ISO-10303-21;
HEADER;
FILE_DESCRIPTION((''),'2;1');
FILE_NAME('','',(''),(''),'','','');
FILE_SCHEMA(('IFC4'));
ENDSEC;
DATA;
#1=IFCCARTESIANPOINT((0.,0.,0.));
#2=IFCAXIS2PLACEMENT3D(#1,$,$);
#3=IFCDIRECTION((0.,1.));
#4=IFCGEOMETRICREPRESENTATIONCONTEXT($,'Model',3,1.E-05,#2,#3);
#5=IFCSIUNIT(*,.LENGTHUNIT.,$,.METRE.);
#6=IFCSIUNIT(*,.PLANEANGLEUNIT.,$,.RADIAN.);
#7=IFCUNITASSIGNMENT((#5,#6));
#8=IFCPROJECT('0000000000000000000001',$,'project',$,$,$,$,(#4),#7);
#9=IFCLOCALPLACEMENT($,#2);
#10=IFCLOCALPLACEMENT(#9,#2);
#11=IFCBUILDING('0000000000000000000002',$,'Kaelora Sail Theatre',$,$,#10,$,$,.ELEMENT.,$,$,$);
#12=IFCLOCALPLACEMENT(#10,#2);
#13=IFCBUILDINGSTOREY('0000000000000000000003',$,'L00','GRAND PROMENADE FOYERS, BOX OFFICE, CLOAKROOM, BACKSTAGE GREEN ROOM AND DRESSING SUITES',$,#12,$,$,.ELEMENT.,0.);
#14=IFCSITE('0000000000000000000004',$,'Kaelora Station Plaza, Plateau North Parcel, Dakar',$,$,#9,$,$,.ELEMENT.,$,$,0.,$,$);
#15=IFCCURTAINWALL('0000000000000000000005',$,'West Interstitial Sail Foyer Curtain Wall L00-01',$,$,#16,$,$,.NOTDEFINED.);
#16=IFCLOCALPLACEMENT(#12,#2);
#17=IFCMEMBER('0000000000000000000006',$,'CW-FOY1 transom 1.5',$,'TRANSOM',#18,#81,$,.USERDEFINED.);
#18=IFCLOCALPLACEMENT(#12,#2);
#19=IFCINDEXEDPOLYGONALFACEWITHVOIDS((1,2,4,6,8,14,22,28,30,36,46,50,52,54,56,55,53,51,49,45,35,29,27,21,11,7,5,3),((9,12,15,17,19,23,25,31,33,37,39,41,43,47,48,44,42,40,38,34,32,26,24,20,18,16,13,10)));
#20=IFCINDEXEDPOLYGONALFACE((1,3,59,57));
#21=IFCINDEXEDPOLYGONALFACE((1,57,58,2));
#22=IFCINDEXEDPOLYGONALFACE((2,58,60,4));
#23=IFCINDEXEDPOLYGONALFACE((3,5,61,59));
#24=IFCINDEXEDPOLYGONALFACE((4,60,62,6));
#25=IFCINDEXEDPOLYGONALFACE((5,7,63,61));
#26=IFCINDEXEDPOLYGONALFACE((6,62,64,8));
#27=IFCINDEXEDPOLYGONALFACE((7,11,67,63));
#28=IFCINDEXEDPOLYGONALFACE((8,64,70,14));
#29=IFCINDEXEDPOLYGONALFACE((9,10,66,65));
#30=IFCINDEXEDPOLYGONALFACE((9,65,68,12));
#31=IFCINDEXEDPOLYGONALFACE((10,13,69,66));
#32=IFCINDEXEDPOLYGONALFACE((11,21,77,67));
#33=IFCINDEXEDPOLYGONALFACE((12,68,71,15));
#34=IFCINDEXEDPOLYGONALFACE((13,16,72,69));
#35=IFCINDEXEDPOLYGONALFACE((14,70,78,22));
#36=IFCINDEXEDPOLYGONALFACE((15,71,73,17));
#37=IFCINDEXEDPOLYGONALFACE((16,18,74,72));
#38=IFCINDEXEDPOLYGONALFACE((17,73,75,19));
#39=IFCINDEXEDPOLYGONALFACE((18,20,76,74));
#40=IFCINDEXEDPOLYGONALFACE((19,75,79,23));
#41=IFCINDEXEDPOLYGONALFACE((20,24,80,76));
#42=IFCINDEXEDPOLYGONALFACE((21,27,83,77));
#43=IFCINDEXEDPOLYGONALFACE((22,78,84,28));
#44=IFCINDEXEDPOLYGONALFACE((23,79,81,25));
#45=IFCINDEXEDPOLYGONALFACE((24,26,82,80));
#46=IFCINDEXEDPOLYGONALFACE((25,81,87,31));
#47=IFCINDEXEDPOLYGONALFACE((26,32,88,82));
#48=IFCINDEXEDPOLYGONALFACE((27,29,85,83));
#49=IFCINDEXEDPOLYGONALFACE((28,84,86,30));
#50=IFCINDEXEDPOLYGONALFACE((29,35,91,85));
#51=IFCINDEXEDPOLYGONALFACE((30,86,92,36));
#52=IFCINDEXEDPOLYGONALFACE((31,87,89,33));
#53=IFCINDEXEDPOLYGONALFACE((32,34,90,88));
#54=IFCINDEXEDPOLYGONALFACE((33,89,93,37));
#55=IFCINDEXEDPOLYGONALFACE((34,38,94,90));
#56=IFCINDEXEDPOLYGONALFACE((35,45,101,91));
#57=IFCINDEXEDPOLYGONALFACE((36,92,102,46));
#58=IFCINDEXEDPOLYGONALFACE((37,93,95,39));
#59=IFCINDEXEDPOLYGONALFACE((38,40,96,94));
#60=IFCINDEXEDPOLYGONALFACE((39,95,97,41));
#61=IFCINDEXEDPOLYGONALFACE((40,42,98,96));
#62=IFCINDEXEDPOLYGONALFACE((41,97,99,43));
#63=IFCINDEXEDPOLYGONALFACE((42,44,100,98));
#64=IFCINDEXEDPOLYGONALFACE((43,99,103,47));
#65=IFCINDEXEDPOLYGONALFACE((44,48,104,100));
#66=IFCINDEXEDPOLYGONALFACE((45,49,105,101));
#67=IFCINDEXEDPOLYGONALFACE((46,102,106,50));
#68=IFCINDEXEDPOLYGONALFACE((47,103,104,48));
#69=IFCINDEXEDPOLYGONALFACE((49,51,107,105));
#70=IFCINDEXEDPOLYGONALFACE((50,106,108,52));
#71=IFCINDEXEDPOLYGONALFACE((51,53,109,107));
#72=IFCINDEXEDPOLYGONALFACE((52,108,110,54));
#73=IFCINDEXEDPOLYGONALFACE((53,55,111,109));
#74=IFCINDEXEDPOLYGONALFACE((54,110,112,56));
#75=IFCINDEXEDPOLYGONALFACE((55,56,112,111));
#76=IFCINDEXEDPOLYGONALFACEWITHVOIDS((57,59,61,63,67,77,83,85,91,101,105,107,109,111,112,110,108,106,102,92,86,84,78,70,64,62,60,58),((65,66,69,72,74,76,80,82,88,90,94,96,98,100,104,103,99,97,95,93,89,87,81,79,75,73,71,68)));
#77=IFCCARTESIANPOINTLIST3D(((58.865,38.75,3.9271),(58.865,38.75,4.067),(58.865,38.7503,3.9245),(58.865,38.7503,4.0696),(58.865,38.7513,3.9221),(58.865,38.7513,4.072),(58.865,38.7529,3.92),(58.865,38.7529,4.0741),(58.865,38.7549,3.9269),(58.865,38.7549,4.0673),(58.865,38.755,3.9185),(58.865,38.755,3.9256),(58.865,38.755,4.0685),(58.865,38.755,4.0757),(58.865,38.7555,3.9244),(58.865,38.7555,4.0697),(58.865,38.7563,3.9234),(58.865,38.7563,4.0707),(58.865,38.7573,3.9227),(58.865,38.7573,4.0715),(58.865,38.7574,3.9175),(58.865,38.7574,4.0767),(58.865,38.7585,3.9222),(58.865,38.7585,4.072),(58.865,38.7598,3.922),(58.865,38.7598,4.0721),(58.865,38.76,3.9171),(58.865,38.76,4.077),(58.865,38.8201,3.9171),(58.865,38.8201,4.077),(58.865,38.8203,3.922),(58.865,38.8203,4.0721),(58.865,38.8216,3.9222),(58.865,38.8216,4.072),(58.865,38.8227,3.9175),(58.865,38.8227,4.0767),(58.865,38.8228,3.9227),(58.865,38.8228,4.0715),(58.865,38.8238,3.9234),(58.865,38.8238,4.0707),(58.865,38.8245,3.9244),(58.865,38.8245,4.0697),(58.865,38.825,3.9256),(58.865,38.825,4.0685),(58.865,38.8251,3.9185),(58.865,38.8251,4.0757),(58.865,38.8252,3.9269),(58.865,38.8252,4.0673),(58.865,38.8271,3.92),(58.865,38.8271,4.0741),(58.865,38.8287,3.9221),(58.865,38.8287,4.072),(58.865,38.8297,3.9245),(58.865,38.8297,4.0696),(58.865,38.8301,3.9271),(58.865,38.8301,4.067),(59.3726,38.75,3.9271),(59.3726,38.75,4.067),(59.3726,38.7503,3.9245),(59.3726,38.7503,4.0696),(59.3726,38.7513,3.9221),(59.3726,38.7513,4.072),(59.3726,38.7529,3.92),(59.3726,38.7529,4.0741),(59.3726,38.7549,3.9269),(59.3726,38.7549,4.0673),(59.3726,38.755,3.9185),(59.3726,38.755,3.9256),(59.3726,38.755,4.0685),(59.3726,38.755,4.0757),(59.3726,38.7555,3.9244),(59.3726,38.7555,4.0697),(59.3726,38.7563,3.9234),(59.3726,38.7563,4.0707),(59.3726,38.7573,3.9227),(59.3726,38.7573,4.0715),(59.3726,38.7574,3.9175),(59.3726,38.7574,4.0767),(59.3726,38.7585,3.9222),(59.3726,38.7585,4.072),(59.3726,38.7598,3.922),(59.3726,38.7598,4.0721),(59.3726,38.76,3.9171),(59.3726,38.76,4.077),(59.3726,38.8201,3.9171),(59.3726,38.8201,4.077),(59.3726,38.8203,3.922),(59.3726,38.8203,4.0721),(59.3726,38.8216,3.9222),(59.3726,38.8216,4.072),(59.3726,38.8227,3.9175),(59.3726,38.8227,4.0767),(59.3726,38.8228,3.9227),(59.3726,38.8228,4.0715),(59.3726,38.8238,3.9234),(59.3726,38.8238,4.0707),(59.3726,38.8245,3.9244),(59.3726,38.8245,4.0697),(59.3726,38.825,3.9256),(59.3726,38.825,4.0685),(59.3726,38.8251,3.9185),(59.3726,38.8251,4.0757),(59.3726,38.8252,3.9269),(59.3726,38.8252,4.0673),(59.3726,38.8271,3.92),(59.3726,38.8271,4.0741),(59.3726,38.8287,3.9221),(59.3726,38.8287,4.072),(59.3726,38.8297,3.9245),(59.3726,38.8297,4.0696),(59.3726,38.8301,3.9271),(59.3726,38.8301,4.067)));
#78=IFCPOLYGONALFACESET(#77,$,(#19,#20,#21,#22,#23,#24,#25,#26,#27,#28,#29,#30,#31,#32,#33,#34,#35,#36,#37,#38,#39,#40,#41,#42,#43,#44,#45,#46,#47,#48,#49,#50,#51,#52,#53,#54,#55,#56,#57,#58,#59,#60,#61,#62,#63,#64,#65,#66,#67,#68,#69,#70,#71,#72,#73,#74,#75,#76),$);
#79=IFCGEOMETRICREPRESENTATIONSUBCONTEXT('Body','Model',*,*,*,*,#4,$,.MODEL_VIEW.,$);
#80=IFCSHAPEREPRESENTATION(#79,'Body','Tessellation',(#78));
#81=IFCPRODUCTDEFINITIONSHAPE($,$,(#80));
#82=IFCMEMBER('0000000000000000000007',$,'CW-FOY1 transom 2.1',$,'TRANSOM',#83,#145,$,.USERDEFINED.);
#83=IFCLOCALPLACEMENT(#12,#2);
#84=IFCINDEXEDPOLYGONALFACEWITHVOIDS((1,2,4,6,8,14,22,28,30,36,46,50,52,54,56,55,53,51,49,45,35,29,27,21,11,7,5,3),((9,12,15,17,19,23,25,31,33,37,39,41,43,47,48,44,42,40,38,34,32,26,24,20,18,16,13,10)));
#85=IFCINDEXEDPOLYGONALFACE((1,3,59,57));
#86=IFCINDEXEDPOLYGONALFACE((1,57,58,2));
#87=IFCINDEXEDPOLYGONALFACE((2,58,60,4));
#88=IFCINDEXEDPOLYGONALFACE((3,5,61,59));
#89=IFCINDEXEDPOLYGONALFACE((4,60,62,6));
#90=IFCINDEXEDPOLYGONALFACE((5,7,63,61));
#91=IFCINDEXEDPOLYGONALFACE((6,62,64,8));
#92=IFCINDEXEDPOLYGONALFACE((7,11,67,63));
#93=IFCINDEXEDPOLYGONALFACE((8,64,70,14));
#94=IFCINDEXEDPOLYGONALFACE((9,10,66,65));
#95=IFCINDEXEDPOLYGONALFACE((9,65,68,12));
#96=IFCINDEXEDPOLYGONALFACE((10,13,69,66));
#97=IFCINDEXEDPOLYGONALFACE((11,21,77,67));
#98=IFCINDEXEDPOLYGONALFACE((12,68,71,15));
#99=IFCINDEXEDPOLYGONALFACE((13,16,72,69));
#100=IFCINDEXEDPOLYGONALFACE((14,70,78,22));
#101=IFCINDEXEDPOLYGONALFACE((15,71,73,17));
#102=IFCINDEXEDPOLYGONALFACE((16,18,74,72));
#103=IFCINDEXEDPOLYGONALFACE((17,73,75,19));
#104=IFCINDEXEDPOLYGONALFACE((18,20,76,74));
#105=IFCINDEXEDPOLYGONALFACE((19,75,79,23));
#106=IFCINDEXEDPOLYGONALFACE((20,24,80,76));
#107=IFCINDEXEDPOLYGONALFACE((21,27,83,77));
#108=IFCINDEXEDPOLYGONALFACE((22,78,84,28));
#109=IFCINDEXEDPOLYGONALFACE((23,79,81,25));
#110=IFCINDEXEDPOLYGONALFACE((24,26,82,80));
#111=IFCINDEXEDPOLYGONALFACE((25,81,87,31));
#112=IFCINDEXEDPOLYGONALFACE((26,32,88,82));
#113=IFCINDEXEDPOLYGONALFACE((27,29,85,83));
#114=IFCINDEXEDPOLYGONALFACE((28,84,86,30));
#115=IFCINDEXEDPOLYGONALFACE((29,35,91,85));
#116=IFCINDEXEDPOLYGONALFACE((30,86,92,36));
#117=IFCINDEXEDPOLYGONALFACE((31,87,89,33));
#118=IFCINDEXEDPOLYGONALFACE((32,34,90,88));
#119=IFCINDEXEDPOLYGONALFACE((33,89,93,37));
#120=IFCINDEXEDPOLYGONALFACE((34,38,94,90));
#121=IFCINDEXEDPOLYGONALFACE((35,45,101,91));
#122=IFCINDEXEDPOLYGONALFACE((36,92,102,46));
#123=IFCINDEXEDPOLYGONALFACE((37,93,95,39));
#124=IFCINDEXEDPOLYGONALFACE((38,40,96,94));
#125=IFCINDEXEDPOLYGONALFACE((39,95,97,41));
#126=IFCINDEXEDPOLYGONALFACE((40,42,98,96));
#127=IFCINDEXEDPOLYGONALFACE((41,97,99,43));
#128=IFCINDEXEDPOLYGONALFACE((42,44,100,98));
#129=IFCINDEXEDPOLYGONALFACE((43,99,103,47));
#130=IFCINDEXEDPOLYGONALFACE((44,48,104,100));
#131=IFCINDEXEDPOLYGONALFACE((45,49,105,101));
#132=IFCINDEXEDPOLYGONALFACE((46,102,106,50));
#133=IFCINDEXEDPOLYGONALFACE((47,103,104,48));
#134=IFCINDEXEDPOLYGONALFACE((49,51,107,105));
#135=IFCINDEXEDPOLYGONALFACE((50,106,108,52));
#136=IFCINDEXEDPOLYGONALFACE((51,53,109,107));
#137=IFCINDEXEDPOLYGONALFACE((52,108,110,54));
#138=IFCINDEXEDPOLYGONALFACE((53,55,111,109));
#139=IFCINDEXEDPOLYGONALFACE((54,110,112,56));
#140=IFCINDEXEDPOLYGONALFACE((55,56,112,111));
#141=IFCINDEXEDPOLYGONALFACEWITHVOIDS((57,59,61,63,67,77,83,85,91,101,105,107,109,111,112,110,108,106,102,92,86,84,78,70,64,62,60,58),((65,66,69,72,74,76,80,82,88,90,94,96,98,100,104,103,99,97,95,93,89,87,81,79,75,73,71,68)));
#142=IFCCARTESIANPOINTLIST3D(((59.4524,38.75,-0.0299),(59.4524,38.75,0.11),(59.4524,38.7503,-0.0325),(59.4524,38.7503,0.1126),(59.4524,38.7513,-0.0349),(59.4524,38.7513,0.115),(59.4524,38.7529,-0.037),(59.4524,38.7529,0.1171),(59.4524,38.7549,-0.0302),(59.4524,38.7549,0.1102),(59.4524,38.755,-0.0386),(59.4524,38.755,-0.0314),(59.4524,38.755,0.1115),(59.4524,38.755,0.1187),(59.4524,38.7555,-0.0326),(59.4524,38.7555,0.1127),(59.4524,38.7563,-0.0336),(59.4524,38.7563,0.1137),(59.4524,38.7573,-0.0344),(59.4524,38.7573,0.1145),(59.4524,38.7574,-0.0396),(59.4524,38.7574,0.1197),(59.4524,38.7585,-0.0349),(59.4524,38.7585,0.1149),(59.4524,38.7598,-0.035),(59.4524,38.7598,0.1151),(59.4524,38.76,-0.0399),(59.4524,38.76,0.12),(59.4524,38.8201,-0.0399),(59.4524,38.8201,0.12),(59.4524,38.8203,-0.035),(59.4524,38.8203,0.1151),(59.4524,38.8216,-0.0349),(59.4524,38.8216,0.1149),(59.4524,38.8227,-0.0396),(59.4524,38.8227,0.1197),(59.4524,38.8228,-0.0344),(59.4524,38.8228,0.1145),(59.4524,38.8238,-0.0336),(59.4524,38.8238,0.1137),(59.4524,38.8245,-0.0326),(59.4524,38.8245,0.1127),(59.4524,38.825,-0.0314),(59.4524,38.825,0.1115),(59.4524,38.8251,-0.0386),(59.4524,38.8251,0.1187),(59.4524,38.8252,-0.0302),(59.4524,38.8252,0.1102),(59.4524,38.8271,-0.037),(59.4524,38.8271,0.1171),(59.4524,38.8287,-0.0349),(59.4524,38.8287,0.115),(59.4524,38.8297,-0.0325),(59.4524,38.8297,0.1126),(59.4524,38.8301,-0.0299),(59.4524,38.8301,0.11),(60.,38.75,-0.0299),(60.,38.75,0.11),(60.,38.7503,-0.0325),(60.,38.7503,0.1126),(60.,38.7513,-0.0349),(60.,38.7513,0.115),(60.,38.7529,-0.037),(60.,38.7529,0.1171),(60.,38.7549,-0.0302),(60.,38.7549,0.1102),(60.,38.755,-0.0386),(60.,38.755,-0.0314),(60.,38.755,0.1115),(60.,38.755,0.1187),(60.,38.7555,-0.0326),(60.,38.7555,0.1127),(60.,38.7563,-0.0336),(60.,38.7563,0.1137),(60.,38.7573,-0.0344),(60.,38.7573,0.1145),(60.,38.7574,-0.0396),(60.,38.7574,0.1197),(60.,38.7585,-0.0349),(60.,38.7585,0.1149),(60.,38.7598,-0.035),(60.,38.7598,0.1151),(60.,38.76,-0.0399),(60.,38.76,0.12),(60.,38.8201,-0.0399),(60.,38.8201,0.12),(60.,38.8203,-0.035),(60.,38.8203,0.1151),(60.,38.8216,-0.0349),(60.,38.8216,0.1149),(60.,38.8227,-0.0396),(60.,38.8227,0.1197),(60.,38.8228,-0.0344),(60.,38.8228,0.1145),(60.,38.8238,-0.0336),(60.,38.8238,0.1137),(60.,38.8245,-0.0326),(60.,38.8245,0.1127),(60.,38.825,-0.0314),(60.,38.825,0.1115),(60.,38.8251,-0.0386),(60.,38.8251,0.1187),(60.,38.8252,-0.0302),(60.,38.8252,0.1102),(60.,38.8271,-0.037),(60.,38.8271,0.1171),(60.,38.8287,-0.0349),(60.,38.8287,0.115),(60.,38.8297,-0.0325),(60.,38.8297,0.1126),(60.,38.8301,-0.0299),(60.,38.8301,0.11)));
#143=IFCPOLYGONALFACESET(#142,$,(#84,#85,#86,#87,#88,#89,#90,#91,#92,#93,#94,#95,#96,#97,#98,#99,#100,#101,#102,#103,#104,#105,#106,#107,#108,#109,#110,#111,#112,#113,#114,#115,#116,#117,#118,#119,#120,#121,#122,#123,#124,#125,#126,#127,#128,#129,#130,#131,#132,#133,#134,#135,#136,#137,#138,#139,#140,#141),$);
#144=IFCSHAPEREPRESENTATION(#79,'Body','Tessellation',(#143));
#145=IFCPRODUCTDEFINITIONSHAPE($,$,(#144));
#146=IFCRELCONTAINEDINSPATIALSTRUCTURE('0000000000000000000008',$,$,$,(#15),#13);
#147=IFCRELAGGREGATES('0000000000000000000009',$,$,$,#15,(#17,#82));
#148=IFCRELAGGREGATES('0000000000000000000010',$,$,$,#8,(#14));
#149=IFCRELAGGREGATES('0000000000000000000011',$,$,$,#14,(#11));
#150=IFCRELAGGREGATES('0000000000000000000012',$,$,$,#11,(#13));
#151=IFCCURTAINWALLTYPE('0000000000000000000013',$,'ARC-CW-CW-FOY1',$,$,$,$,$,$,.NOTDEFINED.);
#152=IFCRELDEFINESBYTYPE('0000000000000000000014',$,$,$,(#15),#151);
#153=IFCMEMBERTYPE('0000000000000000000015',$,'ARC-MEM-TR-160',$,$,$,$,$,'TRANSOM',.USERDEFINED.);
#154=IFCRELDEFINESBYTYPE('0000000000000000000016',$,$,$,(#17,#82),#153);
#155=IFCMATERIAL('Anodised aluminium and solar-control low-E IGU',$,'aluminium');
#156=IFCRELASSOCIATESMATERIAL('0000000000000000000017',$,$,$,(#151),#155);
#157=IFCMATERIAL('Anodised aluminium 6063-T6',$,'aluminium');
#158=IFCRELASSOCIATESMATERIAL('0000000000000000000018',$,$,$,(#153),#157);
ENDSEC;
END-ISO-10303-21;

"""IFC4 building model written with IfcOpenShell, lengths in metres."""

from ifc_helpers import new_model, si_unit, direction, frame, origin, origin_2d, place, context, subcontext, project, spatial, hollow_rectangle, extrude, material, material_profile, profile_set, type_object, element, aggregate, save


model = new_model("IFC4")

# Units and contexts
model_context = context("Model", 3, precision=1e-05, world=origin(), true_north=direction((0.0, 1.0)))
body_context = subcontext(model_context, "Body", "Model", "MODEL_VIEW")
ifc_project = project(units=[si_unit("LENGTHUNIT", "METRE"), si_unit("PLANEANGLEUNIT", "RADIAN")], contexts=[model_context])

# Site, building, storey
site_placement = place(None, origin())
site = spatial("IfcSite", under=ifc_project, at=site_placement, Name="Kaelora Station Plaza, Plateau North Parcel, Dakar", CompositionType="ELEMENT", RefElevation=0.0)
building_placement = place(site_placement, origin())
building = spatial("IfcBuilding", under=site, at=building_placement, Name="Kaelora Sail Theatre", CompositionType="ELEMENT")
storey_placement = place(building_placement, origin())
storey = spatial("IfcBuildingStorey", under=building, at=storey_placement, Name="L00", Description="GRAND PROMENADE FOYERS, BOX OFFICE, CLOAKROOM, BACKSTAGE GREEN ROOM AND DRESSING SUITES", CompositionType="ELEMENT", Elevation=0.0)

# Curtain wall, members
ifc_material_1 = material(Name="Anodised aluminium and solar-control low-E IGU", Category="aluminium")
curtain_wall_type = type_object("IfcCurtainWallType", Name="ARC-CW-CW-FOY1", PredefinedType="NOTDEFINED", material=ifc_material_1)
curtain_wall_placement = place(storey_placement, origin())
curtain_wall = element("IfcCurtainWall", 1, at=curtain_wall_placement, inside=storey, type_object=curtain_wall_type, Name="West Interstitial Sail Foyer Curtain Wall L00-01", PredefinedType="NOTDEFINED")
ifc_material_2 = material(Name="Anodised aluminium 6063-T6", Category="aluminium")
ifc_material_profile_1 = material_profile(ifc_material_2, hollow_rectangle(XDim=0.0801, YDim=0.1599, WallThickness=0.0049, InnerFilletRadius=0.0049, OuterFilletRadius=0.01, at=origin_2d()), Name="ALU-TRAN 80x160x5")
ifc_profile_set_1 = profile_set([ifc_material_profile_1], Name="Anodised aluminium 6063-T6")
member_type_1 = type_object("IfcMemberType", Name="ARC-MEM-TR-160", ElementType="TRANSOM", PredefinedType="USERDEFINED", material=ifc_profile_set_1)
member_1_placement = place(storey_placement, frame((58.865, 38.79, 3.9971), z_axis=(1.0, 0.0, 0.0), x_axis=(0.0, 1.0, 0.0)))
member_1 = element("IfcMember", 2, at=member_1_placement, type_object=member_type_1, Name="CW-FOY1 transom 1.5", ObjectType="TRANSOM", PredefinedType="USERDEFINED", context=body_context, shape_type="SweptSolid", body=[
    extrude(hollow_rectangle(XDim=0.0801, YDim=0.1599, WallThickness=0.0049, InnerFilletRadius=0.0049, OuterFilletRadius=0.01, at=origin_2d()), origin(), (0.0, 0.0, 1.0), 0.5076),
])
member_2_placement = place(storey_placement, frame((59.4524, 38.79, 0.04), z_axis=(1.0, 0.0, 0.0), x_axis=(0.0, 1.0, 0.0)))
member_2 = element("IfcMember", 3, at=member_2_placement, type_object=member_type_1, Name="CW-FOY1 transom 2.1", ObjectType="TRANSOM", PredefinedType="USERDEFINED", context=body_context, shape_type="SweptSolid", body=[
    extrude(hollow_rectangle(XDim=0.0801, YDim=0.1599, WallThickness=0.0049, InnerFilletRadius=0.0049, OuterFilletRadius=0.01, at=origin_2d()), origin(), (0.0, 0.0, 1.0), 0.5476),
])

aggregate(curtain_wall, [member_1, member_2])

save(model, "model.ifc")
